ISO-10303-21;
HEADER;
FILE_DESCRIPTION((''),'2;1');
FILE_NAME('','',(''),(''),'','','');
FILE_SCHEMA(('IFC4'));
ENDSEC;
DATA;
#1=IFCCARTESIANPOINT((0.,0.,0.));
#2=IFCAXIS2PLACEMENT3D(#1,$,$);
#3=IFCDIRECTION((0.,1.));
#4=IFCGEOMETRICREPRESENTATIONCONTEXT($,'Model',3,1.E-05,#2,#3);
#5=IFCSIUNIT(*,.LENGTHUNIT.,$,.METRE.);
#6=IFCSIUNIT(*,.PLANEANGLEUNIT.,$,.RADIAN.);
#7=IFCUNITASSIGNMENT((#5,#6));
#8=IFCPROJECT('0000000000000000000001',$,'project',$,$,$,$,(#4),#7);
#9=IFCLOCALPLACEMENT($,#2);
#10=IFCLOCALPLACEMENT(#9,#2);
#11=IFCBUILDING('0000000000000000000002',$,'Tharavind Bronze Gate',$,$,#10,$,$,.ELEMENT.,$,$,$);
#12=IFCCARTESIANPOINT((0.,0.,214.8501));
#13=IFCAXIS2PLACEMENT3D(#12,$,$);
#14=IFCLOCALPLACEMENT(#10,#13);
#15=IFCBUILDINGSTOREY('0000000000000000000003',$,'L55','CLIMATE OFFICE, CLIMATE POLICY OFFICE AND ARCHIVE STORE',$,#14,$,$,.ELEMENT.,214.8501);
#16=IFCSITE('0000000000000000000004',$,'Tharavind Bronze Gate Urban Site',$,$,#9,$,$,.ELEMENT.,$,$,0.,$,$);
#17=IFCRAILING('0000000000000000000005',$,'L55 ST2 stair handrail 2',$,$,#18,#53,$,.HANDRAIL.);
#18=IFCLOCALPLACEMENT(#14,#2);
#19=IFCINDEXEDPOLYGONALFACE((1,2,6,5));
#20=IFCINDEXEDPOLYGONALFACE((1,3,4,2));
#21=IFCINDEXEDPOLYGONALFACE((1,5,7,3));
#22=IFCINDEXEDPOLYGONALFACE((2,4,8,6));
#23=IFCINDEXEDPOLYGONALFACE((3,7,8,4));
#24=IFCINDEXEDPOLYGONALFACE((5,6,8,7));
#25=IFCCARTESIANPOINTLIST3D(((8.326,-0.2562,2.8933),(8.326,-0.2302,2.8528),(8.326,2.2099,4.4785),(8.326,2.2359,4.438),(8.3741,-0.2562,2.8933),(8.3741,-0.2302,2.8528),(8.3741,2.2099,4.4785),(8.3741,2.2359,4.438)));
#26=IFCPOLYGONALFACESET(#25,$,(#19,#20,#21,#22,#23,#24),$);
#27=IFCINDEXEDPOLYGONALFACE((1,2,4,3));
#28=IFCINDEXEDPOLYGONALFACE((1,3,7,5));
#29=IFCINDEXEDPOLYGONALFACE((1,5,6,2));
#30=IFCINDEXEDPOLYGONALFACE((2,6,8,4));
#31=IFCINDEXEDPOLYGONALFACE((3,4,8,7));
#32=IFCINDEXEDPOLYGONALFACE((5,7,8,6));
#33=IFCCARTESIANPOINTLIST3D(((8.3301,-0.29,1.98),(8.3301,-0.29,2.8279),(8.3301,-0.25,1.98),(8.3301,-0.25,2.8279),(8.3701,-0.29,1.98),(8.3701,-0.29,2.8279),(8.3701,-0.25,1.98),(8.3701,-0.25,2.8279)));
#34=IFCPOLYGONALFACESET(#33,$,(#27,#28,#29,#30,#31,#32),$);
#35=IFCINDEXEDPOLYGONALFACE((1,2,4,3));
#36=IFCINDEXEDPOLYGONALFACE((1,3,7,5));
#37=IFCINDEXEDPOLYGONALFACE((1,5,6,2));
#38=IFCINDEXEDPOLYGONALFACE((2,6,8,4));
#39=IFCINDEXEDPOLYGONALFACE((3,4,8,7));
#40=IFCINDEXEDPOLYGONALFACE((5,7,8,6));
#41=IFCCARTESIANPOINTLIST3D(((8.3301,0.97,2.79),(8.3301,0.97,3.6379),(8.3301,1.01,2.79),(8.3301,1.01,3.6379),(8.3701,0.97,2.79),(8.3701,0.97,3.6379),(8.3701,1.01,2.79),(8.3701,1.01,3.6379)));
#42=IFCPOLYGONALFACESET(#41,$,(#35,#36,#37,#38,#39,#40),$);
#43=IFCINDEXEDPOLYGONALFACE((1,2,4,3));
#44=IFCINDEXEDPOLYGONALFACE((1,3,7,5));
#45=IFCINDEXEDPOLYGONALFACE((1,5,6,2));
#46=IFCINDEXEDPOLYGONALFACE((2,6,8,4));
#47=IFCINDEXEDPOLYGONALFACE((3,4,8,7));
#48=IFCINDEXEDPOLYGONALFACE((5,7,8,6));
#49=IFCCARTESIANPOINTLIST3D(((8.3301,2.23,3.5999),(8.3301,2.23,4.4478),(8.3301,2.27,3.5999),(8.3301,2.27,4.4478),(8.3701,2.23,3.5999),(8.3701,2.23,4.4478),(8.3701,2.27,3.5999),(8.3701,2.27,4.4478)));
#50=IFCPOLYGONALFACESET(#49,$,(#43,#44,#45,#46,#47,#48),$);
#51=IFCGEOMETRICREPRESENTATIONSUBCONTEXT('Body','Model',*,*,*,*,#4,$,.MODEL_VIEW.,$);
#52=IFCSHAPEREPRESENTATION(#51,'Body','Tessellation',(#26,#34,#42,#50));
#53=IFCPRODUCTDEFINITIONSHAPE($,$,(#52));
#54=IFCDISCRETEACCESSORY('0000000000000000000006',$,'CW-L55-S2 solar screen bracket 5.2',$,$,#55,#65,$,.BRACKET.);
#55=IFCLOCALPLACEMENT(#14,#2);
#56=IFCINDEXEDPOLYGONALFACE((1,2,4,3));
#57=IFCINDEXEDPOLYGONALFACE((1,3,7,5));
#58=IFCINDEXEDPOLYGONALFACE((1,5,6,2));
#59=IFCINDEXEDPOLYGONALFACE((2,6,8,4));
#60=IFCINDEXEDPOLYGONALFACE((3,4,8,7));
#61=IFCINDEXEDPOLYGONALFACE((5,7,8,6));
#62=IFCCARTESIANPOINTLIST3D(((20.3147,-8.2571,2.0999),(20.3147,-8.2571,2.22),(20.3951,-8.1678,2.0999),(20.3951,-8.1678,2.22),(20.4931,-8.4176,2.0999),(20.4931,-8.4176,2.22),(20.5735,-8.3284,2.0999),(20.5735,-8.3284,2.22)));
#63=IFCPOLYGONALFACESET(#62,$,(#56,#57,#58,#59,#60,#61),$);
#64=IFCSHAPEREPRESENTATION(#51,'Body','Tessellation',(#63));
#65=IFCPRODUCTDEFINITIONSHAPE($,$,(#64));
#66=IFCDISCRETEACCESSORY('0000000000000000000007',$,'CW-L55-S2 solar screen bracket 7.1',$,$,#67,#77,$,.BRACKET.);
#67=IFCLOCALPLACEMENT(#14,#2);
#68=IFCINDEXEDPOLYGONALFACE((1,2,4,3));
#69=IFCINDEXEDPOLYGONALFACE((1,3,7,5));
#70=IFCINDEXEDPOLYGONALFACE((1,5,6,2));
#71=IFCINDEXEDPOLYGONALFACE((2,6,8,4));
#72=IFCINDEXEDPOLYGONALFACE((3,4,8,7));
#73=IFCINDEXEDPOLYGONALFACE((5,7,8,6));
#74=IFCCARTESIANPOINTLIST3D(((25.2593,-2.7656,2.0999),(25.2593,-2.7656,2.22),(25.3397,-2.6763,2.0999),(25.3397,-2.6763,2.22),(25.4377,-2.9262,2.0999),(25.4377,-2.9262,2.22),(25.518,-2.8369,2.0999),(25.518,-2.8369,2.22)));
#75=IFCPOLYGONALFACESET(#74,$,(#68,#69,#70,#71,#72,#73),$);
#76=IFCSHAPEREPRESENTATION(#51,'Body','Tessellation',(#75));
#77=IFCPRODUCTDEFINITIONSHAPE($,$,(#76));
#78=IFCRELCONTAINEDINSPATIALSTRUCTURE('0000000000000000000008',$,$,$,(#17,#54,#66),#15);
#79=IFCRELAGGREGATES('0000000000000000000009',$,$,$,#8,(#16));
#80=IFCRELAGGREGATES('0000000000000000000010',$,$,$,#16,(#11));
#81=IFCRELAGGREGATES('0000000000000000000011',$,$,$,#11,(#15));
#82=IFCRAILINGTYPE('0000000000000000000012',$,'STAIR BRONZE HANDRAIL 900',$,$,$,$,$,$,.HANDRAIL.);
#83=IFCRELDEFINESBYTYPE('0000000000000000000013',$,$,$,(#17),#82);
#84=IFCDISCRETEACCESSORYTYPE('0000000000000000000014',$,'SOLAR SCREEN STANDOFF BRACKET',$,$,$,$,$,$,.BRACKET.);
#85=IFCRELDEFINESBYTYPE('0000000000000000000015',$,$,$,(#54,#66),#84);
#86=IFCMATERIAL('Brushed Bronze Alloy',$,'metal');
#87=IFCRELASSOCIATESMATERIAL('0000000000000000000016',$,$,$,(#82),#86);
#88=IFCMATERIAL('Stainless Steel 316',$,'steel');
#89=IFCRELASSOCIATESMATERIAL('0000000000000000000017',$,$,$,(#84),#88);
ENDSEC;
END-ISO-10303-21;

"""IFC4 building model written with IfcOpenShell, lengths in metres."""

from ifc_helpers import new_model, si_unit, direction, frame, origin, origin_2d, place, context, subcontext, project, spatial, rectangle, extrude, material, type_object, element, save


model = new_model("IFC4")

# Units and contexts
model_context = context("Model", 3, precision=1e-05, world=origin(), true_north=direction((0.0, 1.0)))
body_context = subcontext(model_context, "Body", "Model", "MODEL_VIEW")
ifc_project = project(units=[si_unit("LENGTHUNIT", "METRE"), si_unit("PLANEANGLEUNIT", "RADIAN")], contexts=[model_context])

# Site, building, storey
site_placement = place(None, origin())
site = spatial("IfcSite", under=ifc_project, at=site_placement, Name="Tharavind Bronze Gate Urban Site", CompositionType="ELEMENT", RefElevation=0.0)
building_placement = place(site_placement, origin())
building = spatial("IfcBuilding", under=site, at=building_placement, Name="Tharavind Bronze Gate", CompositionType="ELEMENT")
storey_placement = place(building_placement, frame((0.0, 0.0, 214.8501)))
storey = spatial("IfcBuildingStorey", under=building, at=storey_placement, Name="L55", Description="CLIMATE OFFICE, CLIMATE POLICY OFFICE AND ARCHIVE STORE", CompositionType="ELEMENT", Elevation=214.8501)

# Railing
ifc_material_1 = material(Name="Brushed Bronze Alloy", Category="metal")
railing_type = type_object("IfcRailingType", Name="STAIR BRONZE HANDRAIL 900", PredefinedType="HANDRAIL", material=ifc_material_1)
railing_placement = place(storey_placement, frame((8.3501, -0.27, 1.98)))
element("IfcRailing", 1, at=railing_placement, inside=storey, type_object=railing_type, Name="L55 ST2 stair handrail 2", PredefinedType="HANDRAIL", context=body_context, shape_type="SweptSolid", body=[
    extrude(rectangle(XDim=0.0481, YDim=0.0481, at=origin_2d()), frame((0.0, 0.0269, 0.8931), z_axis=(0.0, 0.8412, 0.540725), x_axis=(-1.0, 0.0, 0.0)), (0.0, 0.0, 1.0), 2.9316),
    extrude(rectangle(XDim=0.04, YDim=0.04, at=origin_2d()), origin(), (0.0, 0.0, 1.0), 0.8479),
    extrude(rectangle(XDim=0.04, YDim=0.04, at=origin_2d()), frame((0.0, 1.26, 0.8101)), (0.0, 0.0, 1.0), 0.8479),
    extrude(rectangle(XDim=0.04, YDim=0.04, at=origin_2d()), frame((0.0, 2.52, 1.6199)), (0.0, 0.0, 1.0), 0.8479),
])

# Discrete accessories
ifc_material_2 = material(Name="Stainless Steel 316", Category="steel")
discrete_accessory_type = type_object("IfcDiscreteAccessoryType", Name="SOLAR SCREEN STANDOFF BRACKET", PredefinedType="BRACKET", material=ifc_material_2)
for number, where, z_axis, x_axis, name in (
    (2, (20.4441, -8.2927, 2.0999), (0.0, 0.0, 1.0), (0.669131, 0.743145, 0.0), "CW-L55-S2 solar screen bracket 5.2"),
    (3, (25.3887, -2.8013, 2.0999), (0.0, 0.0, 1.0), (0.669131, 0.743145, 0.0), "CW-L55-S2 solar screen bracket 7.1"),
):
    element("IfcDiscreteAccessory", number, at=place(storey_placement, frame(where, z_axis=z_axis, x_axis=x_axis)), inside=storey, type_object=discrete_accessory_type, Name=name, PredefinedType="BRACKET", context=body_context, shape_type="SweptSolid", body=[
        extrude(rectangle(XDim=0.1201, YDim=0.24, at=origin_2d()), origin(), (0.0, 0.0, 1.0), 0.1201),
    ])

save(model, "model.ifc")
